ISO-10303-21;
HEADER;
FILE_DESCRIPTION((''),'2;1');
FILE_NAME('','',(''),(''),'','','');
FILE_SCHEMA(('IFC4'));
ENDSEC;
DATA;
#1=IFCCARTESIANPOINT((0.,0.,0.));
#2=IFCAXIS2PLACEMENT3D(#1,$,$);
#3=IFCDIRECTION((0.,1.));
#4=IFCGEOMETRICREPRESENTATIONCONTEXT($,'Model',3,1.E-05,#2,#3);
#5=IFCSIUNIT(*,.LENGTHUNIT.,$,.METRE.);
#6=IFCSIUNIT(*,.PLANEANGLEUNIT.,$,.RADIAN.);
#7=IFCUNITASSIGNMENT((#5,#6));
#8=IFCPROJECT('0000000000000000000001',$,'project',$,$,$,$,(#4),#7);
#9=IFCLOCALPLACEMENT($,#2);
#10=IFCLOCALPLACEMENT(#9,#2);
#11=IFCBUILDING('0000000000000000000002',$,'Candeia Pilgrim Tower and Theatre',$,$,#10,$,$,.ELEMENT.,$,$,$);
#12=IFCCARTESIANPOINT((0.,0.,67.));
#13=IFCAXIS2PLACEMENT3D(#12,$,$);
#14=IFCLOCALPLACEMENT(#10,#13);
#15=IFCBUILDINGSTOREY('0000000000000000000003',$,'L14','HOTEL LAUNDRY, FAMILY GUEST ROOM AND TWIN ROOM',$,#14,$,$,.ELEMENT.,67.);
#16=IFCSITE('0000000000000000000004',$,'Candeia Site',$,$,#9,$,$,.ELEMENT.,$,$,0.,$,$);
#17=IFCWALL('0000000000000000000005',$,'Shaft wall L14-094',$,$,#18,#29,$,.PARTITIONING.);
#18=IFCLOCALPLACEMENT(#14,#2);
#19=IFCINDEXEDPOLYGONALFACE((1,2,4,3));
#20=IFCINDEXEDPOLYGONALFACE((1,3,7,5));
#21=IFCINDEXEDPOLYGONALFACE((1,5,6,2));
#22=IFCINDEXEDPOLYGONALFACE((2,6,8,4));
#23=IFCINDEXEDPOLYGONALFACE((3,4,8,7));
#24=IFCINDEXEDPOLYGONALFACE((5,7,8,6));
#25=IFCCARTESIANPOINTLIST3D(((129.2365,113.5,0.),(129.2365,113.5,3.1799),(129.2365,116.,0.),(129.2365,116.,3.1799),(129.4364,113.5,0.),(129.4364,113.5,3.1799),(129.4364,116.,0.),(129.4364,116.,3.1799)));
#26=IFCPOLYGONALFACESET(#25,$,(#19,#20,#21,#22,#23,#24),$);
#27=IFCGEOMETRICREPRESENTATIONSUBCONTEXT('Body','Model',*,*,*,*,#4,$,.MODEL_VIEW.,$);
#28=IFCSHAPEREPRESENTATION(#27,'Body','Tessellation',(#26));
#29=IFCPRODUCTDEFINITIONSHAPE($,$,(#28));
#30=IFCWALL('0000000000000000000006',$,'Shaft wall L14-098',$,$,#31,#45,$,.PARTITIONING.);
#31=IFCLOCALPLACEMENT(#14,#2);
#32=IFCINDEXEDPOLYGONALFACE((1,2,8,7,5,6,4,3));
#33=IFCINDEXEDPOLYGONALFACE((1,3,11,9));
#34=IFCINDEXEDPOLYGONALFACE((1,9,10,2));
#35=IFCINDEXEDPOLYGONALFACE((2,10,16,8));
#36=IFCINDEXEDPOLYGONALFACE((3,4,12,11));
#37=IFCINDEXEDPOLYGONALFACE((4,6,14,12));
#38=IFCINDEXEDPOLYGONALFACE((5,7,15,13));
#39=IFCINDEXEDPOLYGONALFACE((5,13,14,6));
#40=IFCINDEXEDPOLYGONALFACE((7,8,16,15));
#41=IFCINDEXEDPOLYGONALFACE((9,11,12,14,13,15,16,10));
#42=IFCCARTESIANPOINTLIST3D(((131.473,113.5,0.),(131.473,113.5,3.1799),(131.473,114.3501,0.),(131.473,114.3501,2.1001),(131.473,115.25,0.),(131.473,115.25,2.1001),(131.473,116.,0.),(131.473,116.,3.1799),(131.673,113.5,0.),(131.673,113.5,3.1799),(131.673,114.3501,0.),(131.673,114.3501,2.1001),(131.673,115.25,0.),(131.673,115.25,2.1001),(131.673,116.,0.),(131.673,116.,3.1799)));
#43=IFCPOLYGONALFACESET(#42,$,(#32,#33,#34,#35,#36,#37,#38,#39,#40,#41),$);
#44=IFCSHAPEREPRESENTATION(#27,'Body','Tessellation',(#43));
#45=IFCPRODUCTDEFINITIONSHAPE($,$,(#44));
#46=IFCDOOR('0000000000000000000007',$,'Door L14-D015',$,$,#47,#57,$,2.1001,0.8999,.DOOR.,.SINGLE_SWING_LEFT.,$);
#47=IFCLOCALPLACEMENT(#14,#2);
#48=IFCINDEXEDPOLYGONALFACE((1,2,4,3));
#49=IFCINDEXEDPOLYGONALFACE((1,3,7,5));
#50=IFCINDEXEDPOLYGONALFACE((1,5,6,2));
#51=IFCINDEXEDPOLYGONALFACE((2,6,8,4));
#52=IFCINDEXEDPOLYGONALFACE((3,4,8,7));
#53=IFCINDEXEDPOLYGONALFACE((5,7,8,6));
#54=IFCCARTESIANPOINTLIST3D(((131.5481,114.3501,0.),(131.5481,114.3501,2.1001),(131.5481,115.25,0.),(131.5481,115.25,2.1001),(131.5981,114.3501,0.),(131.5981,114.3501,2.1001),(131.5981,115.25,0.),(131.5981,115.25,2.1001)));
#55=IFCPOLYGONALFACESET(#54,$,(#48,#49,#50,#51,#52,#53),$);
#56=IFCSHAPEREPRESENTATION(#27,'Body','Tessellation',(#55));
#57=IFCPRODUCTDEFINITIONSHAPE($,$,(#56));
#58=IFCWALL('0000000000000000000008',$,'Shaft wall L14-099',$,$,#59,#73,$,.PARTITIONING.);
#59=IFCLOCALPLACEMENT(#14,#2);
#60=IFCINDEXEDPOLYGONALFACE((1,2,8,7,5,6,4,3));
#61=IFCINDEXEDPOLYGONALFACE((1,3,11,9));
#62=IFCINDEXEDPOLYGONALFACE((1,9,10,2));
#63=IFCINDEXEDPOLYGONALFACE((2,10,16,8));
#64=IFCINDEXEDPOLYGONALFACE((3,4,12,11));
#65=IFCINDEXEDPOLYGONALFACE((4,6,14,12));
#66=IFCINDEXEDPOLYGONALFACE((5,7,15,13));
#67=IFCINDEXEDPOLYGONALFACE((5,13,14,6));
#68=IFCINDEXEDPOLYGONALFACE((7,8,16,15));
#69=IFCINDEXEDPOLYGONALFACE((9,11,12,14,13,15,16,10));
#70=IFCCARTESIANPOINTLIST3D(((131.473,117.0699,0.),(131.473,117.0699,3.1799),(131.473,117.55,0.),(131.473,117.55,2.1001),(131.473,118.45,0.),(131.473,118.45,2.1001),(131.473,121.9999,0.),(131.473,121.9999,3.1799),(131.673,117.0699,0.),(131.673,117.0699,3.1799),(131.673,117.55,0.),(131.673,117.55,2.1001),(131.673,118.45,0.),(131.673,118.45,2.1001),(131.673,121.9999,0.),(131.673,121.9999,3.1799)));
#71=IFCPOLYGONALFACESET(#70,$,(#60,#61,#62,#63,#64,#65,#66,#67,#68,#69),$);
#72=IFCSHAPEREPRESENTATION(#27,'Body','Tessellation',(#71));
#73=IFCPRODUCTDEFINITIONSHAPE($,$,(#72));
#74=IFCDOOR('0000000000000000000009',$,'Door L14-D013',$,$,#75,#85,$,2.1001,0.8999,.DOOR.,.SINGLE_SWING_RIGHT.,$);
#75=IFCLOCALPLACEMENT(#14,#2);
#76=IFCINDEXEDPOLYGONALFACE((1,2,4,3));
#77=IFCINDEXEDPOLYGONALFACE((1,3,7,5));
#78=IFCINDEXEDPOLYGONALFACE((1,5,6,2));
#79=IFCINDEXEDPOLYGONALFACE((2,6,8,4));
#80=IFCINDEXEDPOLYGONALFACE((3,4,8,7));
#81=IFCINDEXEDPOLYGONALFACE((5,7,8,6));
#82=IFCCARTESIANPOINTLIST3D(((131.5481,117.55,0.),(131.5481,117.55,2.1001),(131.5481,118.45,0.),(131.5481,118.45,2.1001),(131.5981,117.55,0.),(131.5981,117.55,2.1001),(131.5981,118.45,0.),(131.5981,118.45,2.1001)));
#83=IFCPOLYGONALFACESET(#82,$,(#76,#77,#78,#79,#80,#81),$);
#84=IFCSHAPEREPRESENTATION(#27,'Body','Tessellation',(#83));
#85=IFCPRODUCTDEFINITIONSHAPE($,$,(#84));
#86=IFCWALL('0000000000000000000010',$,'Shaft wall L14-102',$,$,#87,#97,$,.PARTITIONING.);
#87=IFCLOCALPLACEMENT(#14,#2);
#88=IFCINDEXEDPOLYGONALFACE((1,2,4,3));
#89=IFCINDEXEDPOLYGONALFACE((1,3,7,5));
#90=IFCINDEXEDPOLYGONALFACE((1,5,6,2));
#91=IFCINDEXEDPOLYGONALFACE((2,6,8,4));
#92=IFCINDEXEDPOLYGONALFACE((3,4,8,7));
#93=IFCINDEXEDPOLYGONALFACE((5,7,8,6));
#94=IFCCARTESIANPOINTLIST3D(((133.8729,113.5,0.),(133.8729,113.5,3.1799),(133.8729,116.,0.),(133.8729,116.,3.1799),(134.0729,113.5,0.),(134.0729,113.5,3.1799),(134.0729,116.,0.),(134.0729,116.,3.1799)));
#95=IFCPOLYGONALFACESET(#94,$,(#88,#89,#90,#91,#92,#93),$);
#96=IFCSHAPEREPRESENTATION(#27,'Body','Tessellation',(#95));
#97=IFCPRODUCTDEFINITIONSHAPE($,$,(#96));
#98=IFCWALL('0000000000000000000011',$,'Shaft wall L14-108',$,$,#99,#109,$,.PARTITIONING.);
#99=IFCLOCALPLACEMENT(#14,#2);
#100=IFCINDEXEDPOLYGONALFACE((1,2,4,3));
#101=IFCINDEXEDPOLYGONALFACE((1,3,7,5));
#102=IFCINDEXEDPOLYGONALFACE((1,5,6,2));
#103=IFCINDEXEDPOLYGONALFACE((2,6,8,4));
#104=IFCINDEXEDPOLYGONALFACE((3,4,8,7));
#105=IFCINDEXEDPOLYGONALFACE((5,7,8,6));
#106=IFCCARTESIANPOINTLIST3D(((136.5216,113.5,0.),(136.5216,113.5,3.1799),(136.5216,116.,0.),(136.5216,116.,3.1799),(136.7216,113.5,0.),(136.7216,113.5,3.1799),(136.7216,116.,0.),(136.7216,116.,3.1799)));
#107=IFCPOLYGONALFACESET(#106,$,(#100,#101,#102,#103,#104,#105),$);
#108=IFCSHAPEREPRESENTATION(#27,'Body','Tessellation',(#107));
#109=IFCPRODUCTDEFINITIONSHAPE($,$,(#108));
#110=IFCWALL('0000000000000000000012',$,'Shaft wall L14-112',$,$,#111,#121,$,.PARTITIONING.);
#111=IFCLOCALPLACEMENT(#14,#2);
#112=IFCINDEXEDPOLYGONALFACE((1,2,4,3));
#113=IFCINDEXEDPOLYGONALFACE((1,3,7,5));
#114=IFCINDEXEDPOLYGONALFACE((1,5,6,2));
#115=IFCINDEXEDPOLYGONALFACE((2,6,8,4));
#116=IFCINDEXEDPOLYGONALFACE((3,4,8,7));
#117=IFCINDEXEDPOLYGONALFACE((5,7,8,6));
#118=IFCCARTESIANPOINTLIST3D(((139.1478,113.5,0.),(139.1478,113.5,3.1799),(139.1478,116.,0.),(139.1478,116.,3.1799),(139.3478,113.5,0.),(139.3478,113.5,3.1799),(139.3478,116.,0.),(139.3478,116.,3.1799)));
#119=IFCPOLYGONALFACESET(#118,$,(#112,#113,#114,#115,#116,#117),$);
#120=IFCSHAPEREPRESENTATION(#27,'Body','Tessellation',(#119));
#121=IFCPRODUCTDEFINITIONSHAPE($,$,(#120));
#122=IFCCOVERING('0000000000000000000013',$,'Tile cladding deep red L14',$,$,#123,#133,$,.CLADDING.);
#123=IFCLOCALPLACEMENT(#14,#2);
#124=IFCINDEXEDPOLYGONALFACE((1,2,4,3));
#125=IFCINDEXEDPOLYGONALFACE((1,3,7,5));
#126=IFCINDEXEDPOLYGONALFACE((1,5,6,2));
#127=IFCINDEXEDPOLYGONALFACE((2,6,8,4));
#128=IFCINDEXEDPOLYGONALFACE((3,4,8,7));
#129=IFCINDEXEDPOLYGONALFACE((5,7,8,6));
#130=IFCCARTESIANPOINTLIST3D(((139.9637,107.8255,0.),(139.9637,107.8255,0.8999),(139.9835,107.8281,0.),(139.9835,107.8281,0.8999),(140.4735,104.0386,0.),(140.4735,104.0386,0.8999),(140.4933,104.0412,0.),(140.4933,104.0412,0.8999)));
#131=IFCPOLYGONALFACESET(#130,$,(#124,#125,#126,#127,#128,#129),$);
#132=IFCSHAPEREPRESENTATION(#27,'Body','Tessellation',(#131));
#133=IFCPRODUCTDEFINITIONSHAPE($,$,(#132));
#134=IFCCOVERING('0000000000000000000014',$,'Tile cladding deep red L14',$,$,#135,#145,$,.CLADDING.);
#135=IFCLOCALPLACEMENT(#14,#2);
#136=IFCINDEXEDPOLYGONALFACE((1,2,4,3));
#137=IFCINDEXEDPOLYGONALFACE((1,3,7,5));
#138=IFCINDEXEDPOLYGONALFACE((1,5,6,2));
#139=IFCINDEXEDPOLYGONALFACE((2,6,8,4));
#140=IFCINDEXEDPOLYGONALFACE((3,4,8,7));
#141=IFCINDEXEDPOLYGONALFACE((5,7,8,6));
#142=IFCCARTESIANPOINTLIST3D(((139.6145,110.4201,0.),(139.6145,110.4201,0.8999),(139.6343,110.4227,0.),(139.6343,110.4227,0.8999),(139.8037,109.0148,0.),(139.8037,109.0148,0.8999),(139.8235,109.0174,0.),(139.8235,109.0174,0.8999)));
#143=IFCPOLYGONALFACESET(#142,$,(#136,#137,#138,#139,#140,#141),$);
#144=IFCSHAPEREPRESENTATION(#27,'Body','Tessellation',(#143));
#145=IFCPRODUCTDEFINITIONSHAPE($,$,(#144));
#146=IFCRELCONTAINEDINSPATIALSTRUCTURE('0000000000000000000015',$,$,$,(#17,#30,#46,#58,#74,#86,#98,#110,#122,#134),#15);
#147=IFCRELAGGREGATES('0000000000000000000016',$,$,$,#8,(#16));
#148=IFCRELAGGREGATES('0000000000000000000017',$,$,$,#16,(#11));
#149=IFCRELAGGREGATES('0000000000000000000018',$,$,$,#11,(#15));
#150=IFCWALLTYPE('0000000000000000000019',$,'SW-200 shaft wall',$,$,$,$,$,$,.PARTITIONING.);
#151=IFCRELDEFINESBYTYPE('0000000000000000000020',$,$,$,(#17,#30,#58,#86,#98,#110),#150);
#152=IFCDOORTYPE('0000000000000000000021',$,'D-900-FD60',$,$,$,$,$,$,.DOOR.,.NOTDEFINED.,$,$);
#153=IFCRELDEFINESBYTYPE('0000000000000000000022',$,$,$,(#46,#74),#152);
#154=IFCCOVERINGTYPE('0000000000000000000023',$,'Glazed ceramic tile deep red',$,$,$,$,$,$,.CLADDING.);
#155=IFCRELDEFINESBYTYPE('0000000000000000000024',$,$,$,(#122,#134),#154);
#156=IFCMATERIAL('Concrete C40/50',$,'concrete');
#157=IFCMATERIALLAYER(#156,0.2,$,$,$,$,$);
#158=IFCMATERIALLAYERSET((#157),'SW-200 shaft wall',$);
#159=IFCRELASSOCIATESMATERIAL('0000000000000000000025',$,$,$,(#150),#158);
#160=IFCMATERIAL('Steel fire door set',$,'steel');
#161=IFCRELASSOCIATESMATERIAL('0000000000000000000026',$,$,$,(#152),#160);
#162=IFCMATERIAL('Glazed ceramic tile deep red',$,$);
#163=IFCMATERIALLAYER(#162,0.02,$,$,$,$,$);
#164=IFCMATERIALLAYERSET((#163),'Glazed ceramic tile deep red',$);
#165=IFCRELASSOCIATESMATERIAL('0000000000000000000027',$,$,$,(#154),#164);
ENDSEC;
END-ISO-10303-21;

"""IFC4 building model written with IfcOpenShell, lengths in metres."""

from ifc_helpers import new_model, si_unit, direction, frame, frame_2d, origin, origin_2d, place, context, subcontext, project, spatial, rectangle, extrude, material, layer, layer_set, type_object, element, fill, save


model = new_model("IFC4")

# Units and contexts
model_context = context("Model", 3, precision=1e-05, world=origin(), true_north=direction((0.0, 1.0)))
body_context = subcontext(model_context, "Body", "Model", "MODEL_VIEW")
ifc_project = project(units=[si_unit("LENGTHUNIT", "METRE"), si_unit("PLANEANGLEUNIT", "RADIAN")], contexts=[model_context])

# Site, building, storey
site_placement = place(None, origin())
site = spatial("IfcSite", under=ifc_project, at=site_placement, Name="Candeia Site", CompositionType="ELEMENT", RefElevation=0.0)
building_placement = place(site_placement, origin())
building = spatial("IfcBuilding", under=site, at=building_placement, Name="Candeia Pilgrim Tower and Theatre", CompositionType="ELEMENT")
storey_placement = place(building_placement, frame((0.0, 0.0, 67.0)))
storey = spatial("IfcBuildingStorey", under=building, at=storey_placement, Name="L14", Description="HOTEL LAUNDRY, FAMILY GUEST ROOM AND TWIN ROOM", CompositionType="ELEMENT", Elevation=67.0)

# Shared definitions
ifc_material_1 = material(Name="Steel fire door set", Category="steel")

# Shared definitions
ifc_material_2 = material(Name="Concrete C40/50", Category="concrete")
ifc_layer_1 = layer(ifc_material_2, 0.2)
ifc_layer_set_1 = layer_set([ifc_layer_1], Name="SW-200 shaft wall")
wall_type_1 = type_object("IfcWallType", Name="SW-200 shaft wall", PredefinedType="PARTITIONING", material=ifc_layer_set_1)
door_type_1 = type_object("IfcDoorType", Name="D-900-FD60", OperationType="NOTDEFINED", PredefinedType="DOOR", material=ifc_material_1)

# Wall
wall_1_placement = place(storey_placement, frame((129.3364, 113.5, 0.0), z_axis=(0.0, 0.0, 1.0), x_axis=(0.0, 1.0, 0.0)))
element("IfcWall", 1, at=wall_1_placement, inside=storey, type_object=wall_type_1, Name="Shaft wall L14-094", PredefinedType="PARTITIONING", context=body_context, shape_type="SweptSolid", body=[
    extrude(rectangle(XDim=2.5, YDim=0.2, at=frame_2d((1.25, 0.0))), origin(), (0.0, 0.0, 1.0), 3.1799),
])

# Walls, openings, doors
wall_2_placement = place(storey_placement, frame((131.573, 113.5, 0.0), z_axis=(0.0, 0.0, 1.0), x_axis=(0.0, 1.0, 0.0)))
wall_2 = element("IfcWall", 2, at=wall_2_placement, inside=storey, type_object=wall_type_1, Name="Shaft wall L14-098", PredefinedType="PARTITIONING", context=body_context, shape_type="SweptSolid", body=[
    extrude(rectangle(XDim=2.5, YDim=0.2, at=frame_2d((1.25, 0.0))), origin(), (0.0, 0.0, 1.0), 3.1799),
])
opening_1_placement = place(wall_2_placement, frame((0.8501, 0.0, 0.0)))
opening_1 = element("IfcOpeningElement", 3, at=opening_1_placement, cuts=wall_2, PredefinedType="OPENING", context=body_context, shape_type="SweptSolid", body=[
    extrude(rectangle(XDim=0.8999, YDim=2.1001, at=frame_2d((0.45, 1.05))), frame((0.0, 0.1099, 0.0), z_axis=(0.0, -1.0, 0.0), x_axis=(1.0, 0.0, 0.0)), (0.0, 0.0, 1.0), 0.22),
])
door_1_placement = place(opening_1_placement, origin())
door_1 = element("IfcDoor", 4, at=door_1_placement, inside=storey, type_object=door_type_1, Name="Door L14-D015", OperationType="SINGLE_SWING_LEFT", OverallHeight=2.1001, OverallWidth=0.8999, PredefinedType="DOOR", context=body_context, shape_type="SweptSolid", body=[
    extrude(rectangle(XDim=0.8999, YDim=2.1001, at=frame_2d((0.45, 1.05))), frame((0.0, 0.0249, 0.0), z_axis=(0.0, -1.0, 0.0), x_axis=(1.0, 0.0, 0.0)), (0.0, 0.0, 1.0), 0.05),
])
fill(opening_1, door_1)
wall_3_placement = place(storey_placement, frame((131.573, 117.0701, 0.0), z_axis=(0.0, 0.0, 1.0), x_axis=(0.0, 1.0, 0.0)))
wall_3 = element("IfcWall", 5, at=wall_3_placement, inside=storey, type_object=wall_type_1, Name="Shaft wall L14-099", PredefinedType="PARTITIONING", context=body_context, shape_type="SweptSolid", body=[
    extrude(rectangle(XDim=4.9299, YDim=0.2, at=frame_2d((2.4648, 0.0))), origin(), (0.0, 0.0, 1.0), 3.1799),
])
opening_2_placement = place(wall_3_placement, frame((0.48, 0.0, 0.0)))
opening_2 = element("IfcOpeningElement", 6, at=opening_2_placement, cuts=wall_3, PredefinedType="OPENING", context=body_context, shape_type="SweptSolid", body=[
    extrude(rectangle(XDim=0.8999, YDim=2.1001, at=frame_2d((0.45, 1.05))), frame((0.0, 0.1099, 0.0), z_axis=(0.0, -1.0, 0.0), x_axis=(1.0, 0.0, 0.0)), (0.0, 0.0, 1.0), 0.22),
])
door_2_placement = place(opening_2_placement, origin())
door_2 = element("IfcDoor", 7, at=door_2_placement, inside=storey, type_object=door_type_1, Name="Door L14-D013", OperationType="SINGLE_SWING_RIGHT", OverallHeight=2.1001, OverallWidth=0.8999, PredefinedType="DOOR", context=body_context, shape_type="SweptSolid", body=[
    extrude(rectangle(XDim=0.8999, YDim=2.1001, at=frame_2d((0.45, 1.05))), frame((0.0, 0.0249, 0.0), z_axis=(0.0, -1.0, 0.0), x_axis=(1.0, 0.0, 0.0)), (0.0, 0.0, 1.0), 0.05),
])
fill(opening_2, door_2)

# Walls
for number, where, z_axis, x_axis, name in (
    (8, (133.9729, 113.5, 0.0), (0.0, 0.0, 1.0), (0.0, 1.0, 0.0), "Shaft wall L14-102"),
    (9, (136.6216, 113.5, 0.0), (0.0, 0.0, 1.0), (0.0, 1.0, 0.0), "Shaft wall L14-108"),
    (10, (139.2478, 113.5, 0.0), (0.0, 0.0, 1.0), (0.0, 1.0, 0.0), "Shaft wall L14-112"),
):
    element("IfcWall", number, at=place(storey_placement, frame(where, z_axis=z_axis, x_axis=x_axis)), inside=storey, type_object=wall_type_1, Name=name, PredefinedType="PARTITIONING", context=body_context, shape_type="SweptSolid", body=[
        extrude(rectangle(XDim=2.5, YDim=0.2, at=frame_2d((1.25, 0.0))), origin(), (0.0, 0.0, 1.0), 3.1799),
    ])

# Coverings
ifc_material_3 = material(Name="Glazed ceramic tile deep red")
ifc_layer_2 = layer(ifc_material_3, 0.02)
ifc_layer_set_2 = layer_set([ifc_layer_2], Name="Glazed ceramic tile deep red")
covering_type = type_object("IfcCoveringType", Name="Glazed ceramic tile deep red", PredefinedType="CLADDING", material=ifc_layer_set_2)
covering_1_placement = place(storey_placement, frame((140.2285, 105.9333, 0.0), z_axis=(0.0, 0.0, 1.0), x_axis=(-0.133412, 0.991061, 0.0)))
element("IfcCovering", 11, at=covering_1_placement, inside=storey, type_object=covering_type, Name="Tile cladding deep red L14", PredefinedType="CLADDING", context=body_context, shape_type="SweptSolid", body=[
    extrude(rectangle(XDim=3.821, YDim=0.02, at=origin_2d()), origin(), (0.0, 0.0, 1.0), 0.8999),
])
covering_2_placement = place(storey_placement, frame((139.719, 109.7188, 0.0), z_axis=(0.0, 0.0, 1.0), x_axis=(-0.133412, 0.991061, 0.0)))
element("IfcCovering", 12, at=covering_2_placement, inside=storey, type_object=covering_type, Name="Tile cladding deep red L14", PredefinedType="CLADDING", context=body_context, shape_type="SweptSolid", body=[
    extrude(rectangle(XDim=1.418, YDim=0.02, at=origin_2d()), origin(), (0.0, 0.0, 1.0), 0.8999),
])

save(model, "model.ifc")
